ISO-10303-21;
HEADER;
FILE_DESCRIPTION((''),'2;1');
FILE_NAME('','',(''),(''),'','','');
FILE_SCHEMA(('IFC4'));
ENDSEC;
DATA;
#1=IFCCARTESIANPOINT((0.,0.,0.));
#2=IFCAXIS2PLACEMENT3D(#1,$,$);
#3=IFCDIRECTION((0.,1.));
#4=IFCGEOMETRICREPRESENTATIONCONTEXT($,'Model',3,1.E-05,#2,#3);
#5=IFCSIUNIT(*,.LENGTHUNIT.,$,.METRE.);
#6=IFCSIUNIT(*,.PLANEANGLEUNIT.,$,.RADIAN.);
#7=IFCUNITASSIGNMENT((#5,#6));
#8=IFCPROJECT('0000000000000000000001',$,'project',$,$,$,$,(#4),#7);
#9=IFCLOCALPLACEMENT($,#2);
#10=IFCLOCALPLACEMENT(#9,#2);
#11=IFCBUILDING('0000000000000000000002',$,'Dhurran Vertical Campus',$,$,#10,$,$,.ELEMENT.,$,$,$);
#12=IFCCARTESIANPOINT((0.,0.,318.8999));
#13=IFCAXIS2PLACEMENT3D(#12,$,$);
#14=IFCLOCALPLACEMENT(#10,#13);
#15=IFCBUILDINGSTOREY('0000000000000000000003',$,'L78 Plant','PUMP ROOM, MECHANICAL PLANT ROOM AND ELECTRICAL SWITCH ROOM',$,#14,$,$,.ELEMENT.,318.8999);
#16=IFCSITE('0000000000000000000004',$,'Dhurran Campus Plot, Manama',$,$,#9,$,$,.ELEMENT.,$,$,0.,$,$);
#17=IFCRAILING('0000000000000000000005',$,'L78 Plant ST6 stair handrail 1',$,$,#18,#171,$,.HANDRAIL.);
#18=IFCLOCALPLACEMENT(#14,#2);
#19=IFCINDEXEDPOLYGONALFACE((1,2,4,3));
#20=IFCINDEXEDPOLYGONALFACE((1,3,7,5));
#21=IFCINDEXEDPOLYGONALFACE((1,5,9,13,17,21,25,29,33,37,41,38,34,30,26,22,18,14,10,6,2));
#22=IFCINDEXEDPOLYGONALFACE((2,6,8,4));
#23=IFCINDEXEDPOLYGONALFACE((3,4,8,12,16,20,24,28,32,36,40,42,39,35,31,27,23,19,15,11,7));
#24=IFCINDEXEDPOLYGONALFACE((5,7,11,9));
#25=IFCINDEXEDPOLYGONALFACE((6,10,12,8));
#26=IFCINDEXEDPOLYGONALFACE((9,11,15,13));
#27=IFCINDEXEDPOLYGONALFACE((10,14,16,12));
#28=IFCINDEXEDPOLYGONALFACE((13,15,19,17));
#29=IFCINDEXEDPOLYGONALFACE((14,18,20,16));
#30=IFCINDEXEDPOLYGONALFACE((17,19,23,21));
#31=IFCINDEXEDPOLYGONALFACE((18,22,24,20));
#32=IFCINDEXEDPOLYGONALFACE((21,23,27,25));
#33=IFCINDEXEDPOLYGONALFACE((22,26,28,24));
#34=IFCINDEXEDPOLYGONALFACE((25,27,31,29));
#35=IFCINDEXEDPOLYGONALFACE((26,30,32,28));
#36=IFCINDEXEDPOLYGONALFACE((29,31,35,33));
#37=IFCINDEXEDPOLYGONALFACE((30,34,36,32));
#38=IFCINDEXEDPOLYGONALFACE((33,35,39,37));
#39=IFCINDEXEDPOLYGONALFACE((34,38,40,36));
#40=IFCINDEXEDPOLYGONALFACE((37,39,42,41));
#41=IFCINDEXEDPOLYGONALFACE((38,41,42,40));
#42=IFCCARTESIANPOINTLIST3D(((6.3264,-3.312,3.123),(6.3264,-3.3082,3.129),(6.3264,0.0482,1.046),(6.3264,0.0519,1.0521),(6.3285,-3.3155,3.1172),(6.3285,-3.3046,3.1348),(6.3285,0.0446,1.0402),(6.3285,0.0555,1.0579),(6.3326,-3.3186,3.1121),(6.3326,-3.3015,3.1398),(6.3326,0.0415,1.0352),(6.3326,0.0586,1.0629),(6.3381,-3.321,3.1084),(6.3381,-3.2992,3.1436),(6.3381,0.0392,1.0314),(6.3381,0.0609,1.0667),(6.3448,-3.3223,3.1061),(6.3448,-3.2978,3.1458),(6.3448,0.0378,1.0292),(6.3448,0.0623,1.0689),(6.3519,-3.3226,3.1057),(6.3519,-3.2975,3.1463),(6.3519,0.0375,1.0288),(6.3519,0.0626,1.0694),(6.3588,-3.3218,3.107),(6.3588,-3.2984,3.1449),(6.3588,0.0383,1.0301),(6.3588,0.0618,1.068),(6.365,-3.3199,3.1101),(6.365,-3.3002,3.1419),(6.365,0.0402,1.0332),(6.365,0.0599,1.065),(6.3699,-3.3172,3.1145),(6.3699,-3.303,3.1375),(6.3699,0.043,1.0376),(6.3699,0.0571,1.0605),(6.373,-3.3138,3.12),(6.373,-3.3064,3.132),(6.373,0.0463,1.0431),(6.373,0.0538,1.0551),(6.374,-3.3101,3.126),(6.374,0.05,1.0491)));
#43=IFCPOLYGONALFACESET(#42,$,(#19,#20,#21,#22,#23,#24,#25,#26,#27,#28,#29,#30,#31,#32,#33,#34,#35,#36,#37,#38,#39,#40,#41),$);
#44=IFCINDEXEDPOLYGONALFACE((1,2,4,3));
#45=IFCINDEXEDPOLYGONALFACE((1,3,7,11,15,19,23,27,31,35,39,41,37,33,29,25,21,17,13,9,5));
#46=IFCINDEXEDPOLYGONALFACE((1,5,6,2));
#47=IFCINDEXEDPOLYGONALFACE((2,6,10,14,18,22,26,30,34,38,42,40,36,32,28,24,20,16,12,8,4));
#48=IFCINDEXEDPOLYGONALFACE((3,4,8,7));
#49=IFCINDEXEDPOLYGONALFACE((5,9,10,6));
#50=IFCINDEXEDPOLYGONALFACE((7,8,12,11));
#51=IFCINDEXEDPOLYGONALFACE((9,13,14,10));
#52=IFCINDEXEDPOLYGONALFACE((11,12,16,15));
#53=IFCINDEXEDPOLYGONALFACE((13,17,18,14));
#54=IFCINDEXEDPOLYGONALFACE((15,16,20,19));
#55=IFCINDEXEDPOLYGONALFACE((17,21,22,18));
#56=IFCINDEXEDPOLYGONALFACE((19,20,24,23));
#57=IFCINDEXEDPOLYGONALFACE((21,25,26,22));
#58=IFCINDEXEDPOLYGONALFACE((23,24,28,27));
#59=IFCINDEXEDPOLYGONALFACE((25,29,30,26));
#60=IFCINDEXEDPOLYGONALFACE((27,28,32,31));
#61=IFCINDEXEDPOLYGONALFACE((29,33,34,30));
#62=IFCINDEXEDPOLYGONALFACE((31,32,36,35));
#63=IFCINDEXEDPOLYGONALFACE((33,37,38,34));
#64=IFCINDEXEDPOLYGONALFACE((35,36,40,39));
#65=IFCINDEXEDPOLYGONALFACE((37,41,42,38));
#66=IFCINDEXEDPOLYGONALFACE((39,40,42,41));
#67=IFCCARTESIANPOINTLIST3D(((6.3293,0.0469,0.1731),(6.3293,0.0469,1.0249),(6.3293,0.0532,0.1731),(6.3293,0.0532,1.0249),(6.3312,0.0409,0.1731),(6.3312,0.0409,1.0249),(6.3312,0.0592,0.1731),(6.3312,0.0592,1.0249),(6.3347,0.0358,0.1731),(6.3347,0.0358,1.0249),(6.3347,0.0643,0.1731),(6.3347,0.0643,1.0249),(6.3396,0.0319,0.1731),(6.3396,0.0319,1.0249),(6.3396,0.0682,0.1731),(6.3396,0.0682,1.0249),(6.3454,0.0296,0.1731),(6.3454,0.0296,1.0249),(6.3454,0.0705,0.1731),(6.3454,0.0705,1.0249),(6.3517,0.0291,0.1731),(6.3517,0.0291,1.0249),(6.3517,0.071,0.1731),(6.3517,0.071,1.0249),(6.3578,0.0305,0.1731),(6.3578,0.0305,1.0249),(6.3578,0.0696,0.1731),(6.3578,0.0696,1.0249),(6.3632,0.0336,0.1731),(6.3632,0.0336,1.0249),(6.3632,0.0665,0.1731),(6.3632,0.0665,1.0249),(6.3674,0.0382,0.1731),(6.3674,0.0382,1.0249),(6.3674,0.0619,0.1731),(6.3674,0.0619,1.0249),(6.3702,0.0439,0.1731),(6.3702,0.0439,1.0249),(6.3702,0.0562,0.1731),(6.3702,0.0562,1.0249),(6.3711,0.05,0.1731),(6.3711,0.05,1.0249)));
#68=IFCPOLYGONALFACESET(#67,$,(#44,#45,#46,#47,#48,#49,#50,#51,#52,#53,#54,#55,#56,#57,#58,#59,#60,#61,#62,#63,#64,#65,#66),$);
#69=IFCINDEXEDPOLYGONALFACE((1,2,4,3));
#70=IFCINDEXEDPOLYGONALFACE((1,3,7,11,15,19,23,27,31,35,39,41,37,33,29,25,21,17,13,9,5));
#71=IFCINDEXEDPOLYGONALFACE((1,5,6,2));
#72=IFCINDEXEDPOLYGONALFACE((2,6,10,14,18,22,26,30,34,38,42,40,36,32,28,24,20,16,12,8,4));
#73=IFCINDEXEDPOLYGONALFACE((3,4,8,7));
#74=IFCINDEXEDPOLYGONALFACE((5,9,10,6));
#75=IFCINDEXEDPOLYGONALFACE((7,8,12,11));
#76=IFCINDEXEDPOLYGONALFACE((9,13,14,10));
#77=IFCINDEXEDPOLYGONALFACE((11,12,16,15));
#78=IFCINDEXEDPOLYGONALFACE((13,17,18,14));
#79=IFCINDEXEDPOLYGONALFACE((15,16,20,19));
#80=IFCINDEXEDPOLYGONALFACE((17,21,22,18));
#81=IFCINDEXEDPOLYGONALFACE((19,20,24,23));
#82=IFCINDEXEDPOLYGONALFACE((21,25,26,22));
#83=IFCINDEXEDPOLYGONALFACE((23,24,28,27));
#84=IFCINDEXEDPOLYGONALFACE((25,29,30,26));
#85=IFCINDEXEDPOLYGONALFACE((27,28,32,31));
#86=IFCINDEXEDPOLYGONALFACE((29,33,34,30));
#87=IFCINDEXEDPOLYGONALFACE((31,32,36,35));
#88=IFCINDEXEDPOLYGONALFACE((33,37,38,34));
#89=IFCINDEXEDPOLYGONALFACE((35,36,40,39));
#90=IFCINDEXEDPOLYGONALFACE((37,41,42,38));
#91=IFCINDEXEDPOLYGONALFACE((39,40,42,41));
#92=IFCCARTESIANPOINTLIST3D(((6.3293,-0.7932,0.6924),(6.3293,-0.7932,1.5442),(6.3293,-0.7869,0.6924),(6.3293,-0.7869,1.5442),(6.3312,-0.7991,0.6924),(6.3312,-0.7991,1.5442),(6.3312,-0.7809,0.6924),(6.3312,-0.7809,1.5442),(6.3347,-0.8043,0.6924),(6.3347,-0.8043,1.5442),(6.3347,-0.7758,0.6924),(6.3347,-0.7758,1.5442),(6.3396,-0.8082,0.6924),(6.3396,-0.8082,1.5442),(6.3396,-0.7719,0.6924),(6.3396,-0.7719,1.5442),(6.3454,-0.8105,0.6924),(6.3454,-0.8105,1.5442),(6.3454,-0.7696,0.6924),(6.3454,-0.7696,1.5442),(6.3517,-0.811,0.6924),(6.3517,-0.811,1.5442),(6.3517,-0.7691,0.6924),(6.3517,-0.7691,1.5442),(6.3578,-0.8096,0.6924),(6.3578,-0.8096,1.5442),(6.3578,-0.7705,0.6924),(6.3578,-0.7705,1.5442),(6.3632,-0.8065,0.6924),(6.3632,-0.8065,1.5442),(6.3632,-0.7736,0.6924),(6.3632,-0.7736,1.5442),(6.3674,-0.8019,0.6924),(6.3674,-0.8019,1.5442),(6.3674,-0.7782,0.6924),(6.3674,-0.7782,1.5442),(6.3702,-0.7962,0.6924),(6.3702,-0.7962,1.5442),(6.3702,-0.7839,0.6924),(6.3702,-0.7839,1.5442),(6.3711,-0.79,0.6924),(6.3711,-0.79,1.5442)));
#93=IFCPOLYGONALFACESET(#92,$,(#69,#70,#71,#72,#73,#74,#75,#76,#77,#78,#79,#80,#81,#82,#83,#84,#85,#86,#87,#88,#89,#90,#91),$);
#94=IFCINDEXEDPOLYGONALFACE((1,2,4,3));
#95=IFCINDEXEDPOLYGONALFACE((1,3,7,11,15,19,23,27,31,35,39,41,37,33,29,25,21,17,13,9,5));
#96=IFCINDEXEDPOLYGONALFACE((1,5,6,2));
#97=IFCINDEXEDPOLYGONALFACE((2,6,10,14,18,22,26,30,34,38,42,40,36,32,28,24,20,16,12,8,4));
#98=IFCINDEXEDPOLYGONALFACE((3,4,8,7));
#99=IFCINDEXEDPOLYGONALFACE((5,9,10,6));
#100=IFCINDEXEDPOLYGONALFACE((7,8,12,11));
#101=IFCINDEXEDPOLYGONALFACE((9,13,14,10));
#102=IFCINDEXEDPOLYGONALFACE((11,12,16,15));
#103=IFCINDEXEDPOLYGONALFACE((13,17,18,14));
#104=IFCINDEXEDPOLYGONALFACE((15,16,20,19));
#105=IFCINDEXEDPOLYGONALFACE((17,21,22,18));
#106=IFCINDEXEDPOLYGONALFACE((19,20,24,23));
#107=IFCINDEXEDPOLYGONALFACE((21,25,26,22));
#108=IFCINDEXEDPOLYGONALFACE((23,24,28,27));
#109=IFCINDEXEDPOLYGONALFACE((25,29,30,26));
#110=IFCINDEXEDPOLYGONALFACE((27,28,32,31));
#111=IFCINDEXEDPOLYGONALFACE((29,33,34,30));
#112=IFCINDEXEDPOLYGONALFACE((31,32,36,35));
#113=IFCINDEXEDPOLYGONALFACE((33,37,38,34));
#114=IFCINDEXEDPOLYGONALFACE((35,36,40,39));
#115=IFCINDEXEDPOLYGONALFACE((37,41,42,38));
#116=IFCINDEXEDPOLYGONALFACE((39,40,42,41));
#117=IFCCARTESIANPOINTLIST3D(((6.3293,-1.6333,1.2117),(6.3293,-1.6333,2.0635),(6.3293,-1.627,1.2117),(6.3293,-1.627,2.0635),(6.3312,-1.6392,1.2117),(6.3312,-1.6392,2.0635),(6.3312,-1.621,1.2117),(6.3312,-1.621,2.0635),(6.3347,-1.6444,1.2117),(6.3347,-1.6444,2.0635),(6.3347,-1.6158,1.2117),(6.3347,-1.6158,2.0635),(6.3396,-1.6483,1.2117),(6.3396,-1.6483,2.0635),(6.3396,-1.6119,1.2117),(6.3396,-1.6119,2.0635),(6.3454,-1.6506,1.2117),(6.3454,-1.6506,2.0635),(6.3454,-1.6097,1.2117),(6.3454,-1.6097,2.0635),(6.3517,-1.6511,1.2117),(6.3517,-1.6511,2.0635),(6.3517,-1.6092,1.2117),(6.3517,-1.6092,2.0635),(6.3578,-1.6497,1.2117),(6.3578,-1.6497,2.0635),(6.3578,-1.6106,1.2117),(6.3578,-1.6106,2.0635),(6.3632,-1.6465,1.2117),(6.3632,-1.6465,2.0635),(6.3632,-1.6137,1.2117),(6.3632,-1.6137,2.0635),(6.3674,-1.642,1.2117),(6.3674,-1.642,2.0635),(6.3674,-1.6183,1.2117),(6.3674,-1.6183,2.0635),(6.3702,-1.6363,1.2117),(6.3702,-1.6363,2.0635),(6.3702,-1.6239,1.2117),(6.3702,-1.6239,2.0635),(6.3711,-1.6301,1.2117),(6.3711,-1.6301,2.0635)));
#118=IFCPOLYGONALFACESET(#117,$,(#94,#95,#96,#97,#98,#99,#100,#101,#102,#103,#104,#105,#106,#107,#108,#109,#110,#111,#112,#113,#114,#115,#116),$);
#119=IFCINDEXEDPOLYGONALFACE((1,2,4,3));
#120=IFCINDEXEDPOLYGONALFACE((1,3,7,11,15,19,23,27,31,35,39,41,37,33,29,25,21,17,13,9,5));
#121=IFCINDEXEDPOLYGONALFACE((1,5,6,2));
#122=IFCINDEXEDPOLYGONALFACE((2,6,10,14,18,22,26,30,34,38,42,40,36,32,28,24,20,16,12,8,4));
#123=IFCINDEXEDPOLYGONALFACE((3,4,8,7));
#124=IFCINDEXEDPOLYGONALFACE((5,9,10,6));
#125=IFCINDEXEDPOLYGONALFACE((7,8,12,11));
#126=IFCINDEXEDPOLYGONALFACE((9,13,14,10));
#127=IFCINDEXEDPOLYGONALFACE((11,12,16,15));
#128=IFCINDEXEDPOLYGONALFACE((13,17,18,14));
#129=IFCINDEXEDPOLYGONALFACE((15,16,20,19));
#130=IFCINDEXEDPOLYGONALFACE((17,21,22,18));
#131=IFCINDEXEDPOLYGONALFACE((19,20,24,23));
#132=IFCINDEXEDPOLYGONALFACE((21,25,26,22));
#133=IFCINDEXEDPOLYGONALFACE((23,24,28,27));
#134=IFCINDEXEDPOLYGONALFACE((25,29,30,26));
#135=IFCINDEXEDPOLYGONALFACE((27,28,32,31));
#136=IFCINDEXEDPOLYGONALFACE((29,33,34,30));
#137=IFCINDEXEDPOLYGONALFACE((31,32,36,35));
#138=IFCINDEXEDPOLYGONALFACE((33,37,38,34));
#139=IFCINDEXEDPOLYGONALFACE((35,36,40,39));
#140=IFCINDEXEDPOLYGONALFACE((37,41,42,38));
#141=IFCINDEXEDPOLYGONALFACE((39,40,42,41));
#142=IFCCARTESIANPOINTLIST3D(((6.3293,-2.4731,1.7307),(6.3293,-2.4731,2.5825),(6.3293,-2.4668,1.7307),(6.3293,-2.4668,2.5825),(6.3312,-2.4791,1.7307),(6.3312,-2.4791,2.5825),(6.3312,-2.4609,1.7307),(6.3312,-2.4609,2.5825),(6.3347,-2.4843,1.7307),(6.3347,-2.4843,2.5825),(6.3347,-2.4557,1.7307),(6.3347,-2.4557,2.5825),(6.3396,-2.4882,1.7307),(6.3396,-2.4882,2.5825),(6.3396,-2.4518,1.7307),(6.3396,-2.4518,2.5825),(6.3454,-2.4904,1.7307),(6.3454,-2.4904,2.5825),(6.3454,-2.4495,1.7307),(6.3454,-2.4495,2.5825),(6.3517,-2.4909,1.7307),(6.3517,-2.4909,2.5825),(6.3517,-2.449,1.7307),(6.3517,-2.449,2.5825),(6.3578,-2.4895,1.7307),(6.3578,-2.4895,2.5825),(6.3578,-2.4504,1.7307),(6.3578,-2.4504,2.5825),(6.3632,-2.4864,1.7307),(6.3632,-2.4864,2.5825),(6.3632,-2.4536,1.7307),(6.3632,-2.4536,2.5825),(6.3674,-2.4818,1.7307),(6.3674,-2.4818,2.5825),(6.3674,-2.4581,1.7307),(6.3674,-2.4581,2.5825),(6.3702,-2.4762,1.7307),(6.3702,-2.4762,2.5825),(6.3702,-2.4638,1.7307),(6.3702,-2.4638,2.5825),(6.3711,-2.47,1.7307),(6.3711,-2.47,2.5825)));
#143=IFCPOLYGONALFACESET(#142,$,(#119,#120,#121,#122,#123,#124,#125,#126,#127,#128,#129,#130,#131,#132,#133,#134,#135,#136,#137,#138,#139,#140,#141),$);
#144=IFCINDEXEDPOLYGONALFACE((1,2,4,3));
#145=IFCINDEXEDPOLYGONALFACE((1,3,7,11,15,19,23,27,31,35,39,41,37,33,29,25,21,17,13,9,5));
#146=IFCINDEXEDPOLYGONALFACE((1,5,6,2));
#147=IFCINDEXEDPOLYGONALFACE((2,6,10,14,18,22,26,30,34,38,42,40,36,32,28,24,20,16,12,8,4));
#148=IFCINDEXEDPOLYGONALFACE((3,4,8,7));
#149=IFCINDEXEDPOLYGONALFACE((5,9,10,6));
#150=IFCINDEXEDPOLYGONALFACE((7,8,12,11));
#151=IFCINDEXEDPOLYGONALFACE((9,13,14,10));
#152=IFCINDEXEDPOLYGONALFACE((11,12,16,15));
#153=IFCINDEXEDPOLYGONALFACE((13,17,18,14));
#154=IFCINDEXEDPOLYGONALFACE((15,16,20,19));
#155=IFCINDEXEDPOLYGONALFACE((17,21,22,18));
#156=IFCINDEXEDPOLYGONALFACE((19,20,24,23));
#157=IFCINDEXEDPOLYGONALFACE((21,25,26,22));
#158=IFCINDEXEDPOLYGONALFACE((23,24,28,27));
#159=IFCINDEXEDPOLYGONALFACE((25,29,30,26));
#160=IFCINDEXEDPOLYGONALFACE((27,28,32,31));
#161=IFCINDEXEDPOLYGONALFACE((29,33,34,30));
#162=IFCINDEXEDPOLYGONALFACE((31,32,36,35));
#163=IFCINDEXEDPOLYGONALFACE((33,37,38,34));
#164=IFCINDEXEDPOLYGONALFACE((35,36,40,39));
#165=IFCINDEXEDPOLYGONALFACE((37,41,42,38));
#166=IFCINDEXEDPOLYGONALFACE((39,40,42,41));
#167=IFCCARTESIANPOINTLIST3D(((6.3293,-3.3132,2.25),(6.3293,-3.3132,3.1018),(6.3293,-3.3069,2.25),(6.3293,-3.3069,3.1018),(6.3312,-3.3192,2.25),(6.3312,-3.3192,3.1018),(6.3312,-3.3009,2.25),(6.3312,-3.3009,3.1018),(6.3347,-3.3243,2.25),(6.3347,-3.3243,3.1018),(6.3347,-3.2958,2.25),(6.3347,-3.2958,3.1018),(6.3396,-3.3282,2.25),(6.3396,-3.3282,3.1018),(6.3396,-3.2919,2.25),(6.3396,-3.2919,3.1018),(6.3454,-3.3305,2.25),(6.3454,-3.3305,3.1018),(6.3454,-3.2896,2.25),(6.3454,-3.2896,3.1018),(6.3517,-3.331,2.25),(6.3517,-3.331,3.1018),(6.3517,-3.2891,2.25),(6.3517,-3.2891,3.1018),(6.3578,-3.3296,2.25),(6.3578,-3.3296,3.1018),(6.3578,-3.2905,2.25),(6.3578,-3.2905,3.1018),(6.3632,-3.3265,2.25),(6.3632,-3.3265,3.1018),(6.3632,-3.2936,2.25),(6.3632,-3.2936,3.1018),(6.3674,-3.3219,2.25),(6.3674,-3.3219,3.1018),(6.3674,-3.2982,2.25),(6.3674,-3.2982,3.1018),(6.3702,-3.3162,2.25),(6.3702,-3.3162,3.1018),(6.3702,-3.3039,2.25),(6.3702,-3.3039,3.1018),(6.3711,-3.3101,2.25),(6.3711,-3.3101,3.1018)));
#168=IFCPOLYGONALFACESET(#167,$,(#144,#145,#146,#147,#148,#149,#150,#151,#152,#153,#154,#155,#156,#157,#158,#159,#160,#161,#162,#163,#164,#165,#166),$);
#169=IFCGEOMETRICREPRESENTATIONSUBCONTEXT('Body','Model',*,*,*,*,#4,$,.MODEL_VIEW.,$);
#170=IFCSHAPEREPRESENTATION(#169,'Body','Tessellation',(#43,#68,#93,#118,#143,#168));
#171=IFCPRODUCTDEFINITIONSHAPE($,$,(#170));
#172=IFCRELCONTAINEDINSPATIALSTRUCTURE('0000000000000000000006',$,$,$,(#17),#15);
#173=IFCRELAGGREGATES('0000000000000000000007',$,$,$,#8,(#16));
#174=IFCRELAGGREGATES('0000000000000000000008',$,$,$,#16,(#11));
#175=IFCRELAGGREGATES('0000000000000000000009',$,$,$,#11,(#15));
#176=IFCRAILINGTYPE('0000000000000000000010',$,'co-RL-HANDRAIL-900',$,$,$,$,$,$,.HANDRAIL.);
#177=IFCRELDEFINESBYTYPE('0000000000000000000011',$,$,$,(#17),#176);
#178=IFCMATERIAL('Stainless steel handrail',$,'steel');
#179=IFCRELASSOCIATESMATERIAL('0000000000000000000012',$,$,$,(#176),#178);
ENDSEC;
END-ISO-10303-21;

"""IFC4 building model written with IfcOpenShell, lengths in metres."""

from ifc_helpers import new_model, si_unit, direction, frame, origin, origin_2d, place, context, subcontext, project, spatial, circle, extrude, material, type_object, element, save


model = new_model("IFC4")

# Units and contexts
model_context = context("Model", 3, precision=1e-05, world=origin(), true_north=direction((0.0, 1.0)))
body_context = subcontext(model_context, "Body", "Model", "MODEL_VIEW")
ifc_project = project(units=[si_unit("LENGTHUNIT", "METRE"), si_unit("PLANEANGLEUNIT", "RADIAN")], contexts=[model_context])

# Site, building, storey
site_placement = place(None, origin())
site = spatial("IfcSite", under=ifc_project, at=site_placement, Name="Dhurran Campus Plot, Manama", CompositionType="ELEMENT", RefElevation=0.0)
building_placement = place(site_placement, origin())
building = spatial("IfcBuilding", under=site, at=building_placement, Name="Dhurran Vertical Campus", CompositionType="ELEMENT")
storey_placement = place(building_placement, frame((0.0, 0.0, 318.8999)))
storey = spatial("IfcBuildingStorey", under=building, at=storey_placement, Name="L78 Plant", Description="PUMP ROOM, MECHANICAL PLANT ROOM AND ELECTRICAL SWITCH ROOM", CompositionType="ELEMENT", Elevation=318.8999)

# Railing
ifc_material_1 = material(Name="Stainless steel handrail", Category="steel")
railing_type = type_object("IfcRailingType", Name="co-RL-HANDRAIL-900", PredefinedType="HANDRAIL", material=ifc_material_1)
railing_placement = place(storey_placement, frame((6.3501, 0.05, 0.1731)))
element("IfcRailing", 1, at=railing_placement, inside=storey, type_object=railing_type, Name="L78 Plant ST6 stair handrail 1", PredefinedType="HANDRAIL", context=body_context, shape_type="SweptSolid", body=[
    extrude(circle(Radius=0.0239, at=origin_2d()), frame((0.0, 0.0, 0.876), z_axis=(0.0, -0.850623, 0.525776), x_axis=(1.0, 0.0, 0.0)), (0.0, 0.0, 1.0), 3.9502),
    extrude(circle(Radius=0.021, at=origin_2d()), origin(), (0.0, 0.0, 1.0), 0.8518),
    extrude(circle(Radius=0.021, at=origin_2d()), frame((0.0, -0.8401, 0.5193)), (0.0, 0.0, 1.0), 0.8518),
    extrude(circle(Radius=0.021, at=origin_2d()), frame((0.0, -1.6802, 1.0386)), (0.0, 0.0, 1.0), 0.8518),
    extrude(circle(Radius=0.021, at=origin_2d()), frame((0.0, -2.52, 1.5576)), (0.0, 0.0, 1.0), 0.8518),
    extrude(circle(Radius=0.021, at=origin_2d()), frame((0.0, -3.3601, 2.0769)), (0.0, 0.0, 1.0), 0.8518),
])

save(model, "model.ifc")
